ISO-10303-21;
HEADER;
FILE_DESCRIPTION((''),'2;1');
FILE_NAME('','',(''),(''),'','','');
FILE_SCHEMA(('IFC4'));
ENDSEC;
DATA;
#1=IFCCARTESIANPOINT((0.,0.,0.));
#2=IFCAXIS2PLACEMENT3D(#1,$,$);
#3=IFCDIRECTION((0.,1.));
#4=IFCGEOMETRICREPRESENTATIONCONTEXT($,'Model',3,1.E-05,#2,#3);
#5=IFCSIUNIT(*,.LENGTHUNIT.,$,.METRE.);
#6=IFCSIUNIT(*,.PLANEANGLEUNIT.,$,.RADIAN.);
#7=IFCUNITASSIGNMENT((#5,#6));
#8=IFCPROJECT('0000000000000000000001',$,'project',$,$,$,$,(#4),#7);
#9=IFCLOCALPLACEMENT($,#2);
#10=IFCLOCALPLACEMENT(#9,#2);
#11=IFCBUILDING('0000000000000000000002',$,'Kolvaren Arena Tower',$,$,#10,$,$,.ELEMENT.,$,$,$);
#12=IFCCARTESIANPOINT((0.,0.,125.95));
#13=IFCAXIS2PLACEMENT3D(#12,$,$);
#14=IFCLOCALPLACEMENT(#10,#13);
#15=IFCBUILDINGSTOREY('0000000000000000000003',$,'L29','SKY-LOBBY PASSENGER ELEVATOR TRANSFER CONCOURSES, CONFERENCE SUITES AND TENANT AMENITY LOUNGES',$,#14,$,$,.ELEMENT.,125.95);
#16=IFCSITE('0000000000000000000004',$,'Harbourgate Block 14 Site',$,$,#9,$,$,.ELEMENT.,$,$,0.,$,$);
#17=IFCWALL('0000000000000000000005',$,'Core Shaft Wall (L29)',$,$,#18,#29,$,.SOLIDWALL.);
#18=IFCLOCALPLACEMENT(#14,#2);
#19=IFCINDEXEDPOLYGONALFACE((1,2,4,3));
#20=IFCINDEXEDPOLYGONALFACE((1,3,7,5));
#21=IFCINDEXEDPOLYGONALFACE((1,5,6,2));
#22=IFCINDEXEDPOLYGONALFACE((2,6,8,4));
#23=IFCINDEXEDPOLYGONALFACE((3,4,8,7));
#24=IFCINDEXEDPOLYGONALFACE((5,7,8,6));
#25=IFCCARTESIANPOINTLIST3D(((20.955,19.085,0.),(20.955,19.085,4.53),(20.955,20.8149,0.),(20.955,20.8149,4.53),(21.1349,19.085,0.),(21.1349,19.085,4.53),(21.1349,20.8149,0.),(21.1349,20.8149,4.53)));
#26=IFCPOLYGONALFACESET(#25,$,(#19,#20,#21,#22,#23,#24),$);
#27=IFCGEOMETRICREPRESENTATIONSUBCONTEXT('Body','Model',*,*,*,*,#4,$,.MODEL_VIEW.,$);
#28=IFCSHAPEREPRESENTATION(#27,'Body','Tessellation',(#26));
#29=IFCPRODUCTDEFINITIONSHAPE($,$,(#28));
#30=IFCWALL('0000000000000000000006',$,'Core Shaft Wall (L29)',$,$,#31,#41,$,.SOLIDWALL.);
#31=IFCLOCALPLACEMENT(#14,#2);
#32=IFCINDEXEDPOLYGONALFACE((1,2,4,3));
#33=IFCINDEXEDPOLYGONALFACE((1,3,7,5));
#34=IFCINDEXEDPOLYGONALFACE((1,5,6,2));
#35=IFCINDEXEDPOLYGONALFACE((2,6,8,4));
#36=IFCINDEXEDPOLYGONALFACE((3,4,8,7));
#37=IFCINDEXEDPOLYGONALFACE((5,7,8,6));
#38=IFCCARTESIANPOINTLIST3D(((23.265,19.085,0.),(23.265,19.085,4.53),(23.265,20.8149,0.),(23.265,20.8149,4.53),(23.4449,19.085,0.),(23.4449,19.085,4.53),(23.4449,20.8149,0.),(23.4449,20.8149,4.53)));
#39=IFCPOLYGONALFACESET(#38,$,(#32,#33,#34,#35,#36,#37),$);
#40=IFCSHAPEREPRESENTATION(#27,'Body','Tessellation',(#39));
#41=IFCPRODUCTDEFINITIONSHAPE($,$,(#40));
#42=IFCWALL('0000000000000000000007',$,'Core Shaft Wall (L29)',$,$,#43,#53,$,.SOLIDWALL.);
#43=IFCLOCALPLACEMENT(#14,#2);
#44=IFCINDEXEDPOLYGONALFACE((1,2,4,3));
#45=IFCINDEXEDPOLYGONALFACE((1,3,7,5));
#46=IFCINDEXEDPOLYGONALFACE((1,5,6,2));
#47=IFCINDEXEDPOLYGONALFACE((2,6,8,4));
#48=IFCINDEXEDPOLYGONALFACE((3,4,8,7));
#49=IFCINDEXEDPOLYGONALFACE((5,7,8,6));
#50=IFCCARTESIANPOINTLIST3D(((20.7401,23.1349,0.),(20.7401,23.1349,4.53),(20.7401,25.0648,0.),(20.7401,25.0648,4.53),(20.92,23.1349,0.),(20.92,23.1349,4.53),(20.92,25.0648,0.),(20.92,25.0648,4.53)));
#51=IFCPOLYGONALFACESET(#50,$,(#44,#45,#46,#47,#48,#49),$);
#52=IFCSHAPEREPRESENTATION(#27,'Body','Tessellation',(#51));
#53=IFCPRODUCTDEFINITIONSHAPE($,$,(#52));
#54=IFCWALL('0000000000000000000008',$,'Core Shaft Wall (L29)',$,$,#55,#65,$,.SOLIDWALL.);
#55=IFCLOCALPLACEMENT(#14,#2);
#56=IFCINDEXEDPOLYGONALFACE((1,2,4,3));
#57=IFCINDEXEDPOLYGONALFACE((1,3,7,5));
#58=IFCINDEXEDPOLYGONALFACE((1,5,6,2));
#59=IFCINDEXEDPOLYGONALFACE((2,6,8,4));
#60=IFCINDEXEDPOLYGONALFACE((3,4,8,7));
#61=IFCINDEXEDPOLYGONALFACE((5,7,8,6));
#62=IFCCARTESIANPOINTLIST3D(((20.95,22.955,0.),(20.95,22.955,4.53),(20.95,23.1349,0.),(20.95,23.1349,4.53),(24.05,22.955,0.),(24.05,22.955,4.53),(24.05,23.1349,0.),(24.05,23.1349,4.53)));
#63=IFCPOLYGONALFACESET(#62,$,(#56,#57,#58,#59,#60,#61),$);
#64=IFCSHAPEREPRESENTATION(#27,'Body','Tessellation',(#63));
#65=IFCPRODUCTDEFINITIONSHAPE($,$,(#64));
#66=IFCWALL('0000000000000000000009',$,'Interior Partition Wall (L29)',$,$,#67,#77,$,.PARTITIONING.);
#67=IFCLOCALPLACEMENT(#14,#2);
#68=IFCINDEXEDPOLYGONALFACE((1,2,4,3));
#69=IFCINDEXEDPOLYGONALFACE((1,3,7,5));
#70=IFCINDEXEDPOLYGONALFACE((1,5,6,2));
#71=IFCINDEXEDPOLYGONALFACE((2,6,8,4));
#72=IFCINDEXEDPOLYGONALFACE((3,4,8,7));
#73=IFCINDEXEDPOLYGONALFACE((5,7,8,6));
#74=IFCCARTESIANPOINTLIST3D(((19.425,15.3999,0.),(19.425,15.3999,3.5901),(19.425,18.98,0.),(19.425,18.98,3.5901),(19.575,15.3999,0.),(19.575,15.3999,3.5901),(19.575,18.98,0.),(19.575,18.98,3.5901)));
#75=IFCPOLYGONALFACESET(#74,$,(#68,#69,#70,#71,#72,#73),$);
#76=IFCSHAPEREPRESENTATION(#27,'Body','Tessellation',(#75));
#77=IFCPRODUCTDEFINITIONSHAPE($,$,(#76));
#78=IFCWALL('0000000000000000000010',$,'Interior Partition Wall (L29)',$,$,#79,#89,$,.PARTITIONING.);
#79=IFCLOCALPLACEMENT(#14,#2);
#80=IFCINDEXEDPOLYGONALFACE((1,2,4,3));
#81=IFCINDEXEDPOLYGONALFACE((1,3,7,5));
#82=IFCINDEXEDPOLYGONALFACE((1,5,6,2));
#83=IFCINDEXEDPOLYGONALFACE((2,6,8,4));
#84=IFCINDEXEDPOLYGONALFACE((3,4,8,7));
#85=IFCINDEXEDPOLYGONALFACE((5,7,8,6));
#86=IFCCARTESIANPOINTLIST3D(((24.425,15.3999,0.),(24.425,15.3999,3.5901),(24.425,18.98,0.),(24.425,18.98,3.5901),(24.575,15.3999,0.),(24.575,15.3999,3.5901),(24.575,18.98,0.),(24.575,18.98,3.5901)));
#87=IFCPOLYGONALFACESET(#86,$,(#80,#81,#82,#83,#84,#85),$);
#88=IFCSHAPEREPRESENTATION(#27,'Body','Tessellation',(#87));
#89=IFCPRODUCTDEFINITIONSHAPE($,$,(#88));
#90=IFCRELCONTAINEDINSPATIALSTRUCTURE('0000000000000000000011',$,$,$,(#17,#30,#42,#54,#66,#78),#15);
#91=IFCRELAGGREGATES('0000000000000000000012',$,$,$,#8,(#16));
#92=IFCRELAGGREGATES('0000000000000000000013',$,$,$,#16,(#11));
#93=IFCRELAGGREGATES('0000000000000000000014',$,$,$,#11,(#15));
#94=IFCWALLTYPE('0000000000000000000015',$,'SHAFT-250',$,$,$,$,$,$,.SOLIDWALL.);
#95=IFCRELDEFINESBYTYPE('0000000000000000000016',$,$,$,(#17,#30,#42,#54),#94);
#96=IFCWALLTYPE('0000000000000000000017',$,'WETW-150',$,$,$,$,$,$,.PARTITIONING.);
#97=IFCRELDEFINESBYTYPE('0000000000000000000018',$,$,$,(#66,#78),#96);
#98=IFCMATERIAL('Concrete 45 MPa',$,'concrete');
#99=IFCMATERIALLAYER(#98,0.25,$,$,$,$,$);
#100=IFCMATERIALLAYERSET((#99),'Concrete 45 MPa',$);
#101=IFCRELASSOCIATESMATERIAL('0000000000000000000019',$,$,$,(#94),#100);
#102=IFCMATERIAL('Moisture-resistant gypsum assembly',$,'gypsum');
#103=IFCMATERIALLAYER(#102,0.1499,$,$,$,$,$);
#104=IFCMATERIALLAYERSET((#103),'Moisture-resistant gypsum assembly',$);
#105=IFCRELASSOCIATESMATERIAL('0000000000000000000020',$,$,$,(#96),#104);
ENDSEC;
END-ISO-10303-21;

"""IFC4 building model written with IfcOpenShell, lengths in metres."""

from ifc_helpers import new_model, si_unit, direction, frame, frame_2d, origin, place, context, subcontext, project, spatial, rectangle, extrude, material, layer, layer_set, type_object, element, save


model = new_model("IFC4")

# Units and contexts
model_context = context("Model", 3, precision=1e-05, world=origin(), true_north=direction((0.0, 1.0)))
body_context = subcontext(model_context, "Body", "Model", "MODEL_VIEW")
ifc_project = project(units=[si_unit("LENGTHUNIT", "METRE"), si_unit("PLANEANGLEUNIT", "RADIAN")], contexts=[model_context])

# Site, building, storey
site_placement = place(None, origin())
site = spatial("IfcSite", under=ifc_project, at=site_placement, Name="Harbourgate Block 14 Site", CompositionType="ELEMENT", RefElevation=0.0)
building_placement = place(site_placement, origin())
building = spatial("IfcBuilding", under=site, at=building_placement, Name="Kolvaren Arena Tower", CompositionType="ELEMENT")
storey_placement = place(building_placement, frame((0.0, 0.0, 125.95)))
storey = spatial("IfcBuildingStorey", under=building, at=storey_placement, Name="L29", Description="SKY-LOBBY PASSENGER ELEVATOR TRANSFER CONCOURSES, CONFERENCE SUITES AND TENANT AMENITY LOUNGES", CompositionType="ELEMENT", Elevation=125.95)

# Shared definitions
ifc_material_1 = material(Name="Concrete 45 MPa", Category="concrete")
ifc_layer_1 = layer(ifc_material_1, 0.25)
ifc_layer_set_1 = layer_set([ifc_layer_1], Name="Concrete 45 MPa")
wall_type_1 = type_object("IfcWallType", Name="SHAFT-250", PredefinedType="SOLIDWALL", material=ifc_layer_set_1)

# Walls
for number, where, z_axis, x_axis, name in (
    (1, (21.0449, 19.085, 0.0), (0.0, 0.0, 1.0), (0.0, 1.0, 0.0), "Core Shaft Wall (L29)"),
    (2, (23.355, 19.085, 0.0), (0.0, 0.0, 1.0), (0.0, 1.0, 0.0), "Core Shaft Wall (L29)"),
):
    element("IfcWall", number, at=place(storey_placement, frame(where, z_axis=z_axis, x_axis=x_axis)), inside=storey, type_object=wall_type_1, Name=name, PredefinedType="SOLIDWALL", context=body_context, shape_type="SweptSolid", body=[
        extrude(rectangle(XDim=1.73, YDim=0.1799, at=frame_2d((0.865, 0.0))), origin(), (0.0, 0.0, 1.0), 4.53),
    ])
wall_1_placement = place(storey_placement, frame((20.8301, 23.135, 0.0), z_axis=(0.0, 0.0, 1.0), x_axis=(0.0, 1.0, 0.0)))
element("IfcWall", 3, at=wall_1_placement, inside=storey, type_object=wall_type_1, Name="Core Shaft Wall (L29)", PredefinedType="SOLIDWALL", context=body_context, shape_type="SweptSolid", body=[
    extrude(rectangle(XDim=1.9299, YDim=0.1799, at=frame_2d((0.9648, 0.0))), origin(), (0.0, 0.0, 1.0), 4.53),
])
wall_2_placement = place(storey_placement, frame((20.95, 23.0449, 0.0), z_axis=(0.0, 0.0, 1.0), x_axis=(1.0, 0.0, 0.0)))
element("IfcWall", 4, at=wall_2_placement, inside=storey, type_object=wall_type_1, Name="Core Shaft Wall (L29)", PredefinedType="SOLIDWALL", context=body_context, shape_type="SweptSolid", body=[
    extrude(rectangle(XDim=3.1001, YDim=0.1799, at=frame_2d((1.55, 0.0))), origin(), (0.0, 0.0, 1.0), 4.53),
])
ifc_material_2 = material(Name="Moisture-resistant gypsum assembly", Category="gypsum")
ifc_layer_2 = layer(ifc_material_2, 0.1499)
ifc_layer_set_2 = layer_set([ifc_layer_2], Name="Moisture-resistant gypsum assembly")
wall_type_2 = type_object("IfcWallType", Name="WETW-150", PredefinedType="PARTITIONING", material=ifc_layer_set_2)
for number, where, z_axis, x_axis, name in (
    (5, (19.5, 15.3999, 0.0), (0.0, 0.0, 1.0), (0.0, 1.0, 0.0), "Interior Partition Wall (L29)"),
    (6, (24.5, 15.3999, 0.0), (0.0, 0.0, 1.0), (0.0, 1.0, 0.0), "Interior Partition Wall (L29)"),
):
    element("IfcWall", number, at=place(storey_placement, frame(where, z_axis=z_axis, x_axis=x_axis)), inside=storey, type_object=wall_type_2, Name=name, PredefinedType="PARTITIONING", context=body_context, shape_type="SweptSolid", body=[
        extrude(rectangle(XDim=3.5801, YDim=0.1499, at=frame_2d((1.79, 0.0))), origin(), (0.0, 0.0, 1.0), 3.5901),
    ])

save(model, "model.ifc")
